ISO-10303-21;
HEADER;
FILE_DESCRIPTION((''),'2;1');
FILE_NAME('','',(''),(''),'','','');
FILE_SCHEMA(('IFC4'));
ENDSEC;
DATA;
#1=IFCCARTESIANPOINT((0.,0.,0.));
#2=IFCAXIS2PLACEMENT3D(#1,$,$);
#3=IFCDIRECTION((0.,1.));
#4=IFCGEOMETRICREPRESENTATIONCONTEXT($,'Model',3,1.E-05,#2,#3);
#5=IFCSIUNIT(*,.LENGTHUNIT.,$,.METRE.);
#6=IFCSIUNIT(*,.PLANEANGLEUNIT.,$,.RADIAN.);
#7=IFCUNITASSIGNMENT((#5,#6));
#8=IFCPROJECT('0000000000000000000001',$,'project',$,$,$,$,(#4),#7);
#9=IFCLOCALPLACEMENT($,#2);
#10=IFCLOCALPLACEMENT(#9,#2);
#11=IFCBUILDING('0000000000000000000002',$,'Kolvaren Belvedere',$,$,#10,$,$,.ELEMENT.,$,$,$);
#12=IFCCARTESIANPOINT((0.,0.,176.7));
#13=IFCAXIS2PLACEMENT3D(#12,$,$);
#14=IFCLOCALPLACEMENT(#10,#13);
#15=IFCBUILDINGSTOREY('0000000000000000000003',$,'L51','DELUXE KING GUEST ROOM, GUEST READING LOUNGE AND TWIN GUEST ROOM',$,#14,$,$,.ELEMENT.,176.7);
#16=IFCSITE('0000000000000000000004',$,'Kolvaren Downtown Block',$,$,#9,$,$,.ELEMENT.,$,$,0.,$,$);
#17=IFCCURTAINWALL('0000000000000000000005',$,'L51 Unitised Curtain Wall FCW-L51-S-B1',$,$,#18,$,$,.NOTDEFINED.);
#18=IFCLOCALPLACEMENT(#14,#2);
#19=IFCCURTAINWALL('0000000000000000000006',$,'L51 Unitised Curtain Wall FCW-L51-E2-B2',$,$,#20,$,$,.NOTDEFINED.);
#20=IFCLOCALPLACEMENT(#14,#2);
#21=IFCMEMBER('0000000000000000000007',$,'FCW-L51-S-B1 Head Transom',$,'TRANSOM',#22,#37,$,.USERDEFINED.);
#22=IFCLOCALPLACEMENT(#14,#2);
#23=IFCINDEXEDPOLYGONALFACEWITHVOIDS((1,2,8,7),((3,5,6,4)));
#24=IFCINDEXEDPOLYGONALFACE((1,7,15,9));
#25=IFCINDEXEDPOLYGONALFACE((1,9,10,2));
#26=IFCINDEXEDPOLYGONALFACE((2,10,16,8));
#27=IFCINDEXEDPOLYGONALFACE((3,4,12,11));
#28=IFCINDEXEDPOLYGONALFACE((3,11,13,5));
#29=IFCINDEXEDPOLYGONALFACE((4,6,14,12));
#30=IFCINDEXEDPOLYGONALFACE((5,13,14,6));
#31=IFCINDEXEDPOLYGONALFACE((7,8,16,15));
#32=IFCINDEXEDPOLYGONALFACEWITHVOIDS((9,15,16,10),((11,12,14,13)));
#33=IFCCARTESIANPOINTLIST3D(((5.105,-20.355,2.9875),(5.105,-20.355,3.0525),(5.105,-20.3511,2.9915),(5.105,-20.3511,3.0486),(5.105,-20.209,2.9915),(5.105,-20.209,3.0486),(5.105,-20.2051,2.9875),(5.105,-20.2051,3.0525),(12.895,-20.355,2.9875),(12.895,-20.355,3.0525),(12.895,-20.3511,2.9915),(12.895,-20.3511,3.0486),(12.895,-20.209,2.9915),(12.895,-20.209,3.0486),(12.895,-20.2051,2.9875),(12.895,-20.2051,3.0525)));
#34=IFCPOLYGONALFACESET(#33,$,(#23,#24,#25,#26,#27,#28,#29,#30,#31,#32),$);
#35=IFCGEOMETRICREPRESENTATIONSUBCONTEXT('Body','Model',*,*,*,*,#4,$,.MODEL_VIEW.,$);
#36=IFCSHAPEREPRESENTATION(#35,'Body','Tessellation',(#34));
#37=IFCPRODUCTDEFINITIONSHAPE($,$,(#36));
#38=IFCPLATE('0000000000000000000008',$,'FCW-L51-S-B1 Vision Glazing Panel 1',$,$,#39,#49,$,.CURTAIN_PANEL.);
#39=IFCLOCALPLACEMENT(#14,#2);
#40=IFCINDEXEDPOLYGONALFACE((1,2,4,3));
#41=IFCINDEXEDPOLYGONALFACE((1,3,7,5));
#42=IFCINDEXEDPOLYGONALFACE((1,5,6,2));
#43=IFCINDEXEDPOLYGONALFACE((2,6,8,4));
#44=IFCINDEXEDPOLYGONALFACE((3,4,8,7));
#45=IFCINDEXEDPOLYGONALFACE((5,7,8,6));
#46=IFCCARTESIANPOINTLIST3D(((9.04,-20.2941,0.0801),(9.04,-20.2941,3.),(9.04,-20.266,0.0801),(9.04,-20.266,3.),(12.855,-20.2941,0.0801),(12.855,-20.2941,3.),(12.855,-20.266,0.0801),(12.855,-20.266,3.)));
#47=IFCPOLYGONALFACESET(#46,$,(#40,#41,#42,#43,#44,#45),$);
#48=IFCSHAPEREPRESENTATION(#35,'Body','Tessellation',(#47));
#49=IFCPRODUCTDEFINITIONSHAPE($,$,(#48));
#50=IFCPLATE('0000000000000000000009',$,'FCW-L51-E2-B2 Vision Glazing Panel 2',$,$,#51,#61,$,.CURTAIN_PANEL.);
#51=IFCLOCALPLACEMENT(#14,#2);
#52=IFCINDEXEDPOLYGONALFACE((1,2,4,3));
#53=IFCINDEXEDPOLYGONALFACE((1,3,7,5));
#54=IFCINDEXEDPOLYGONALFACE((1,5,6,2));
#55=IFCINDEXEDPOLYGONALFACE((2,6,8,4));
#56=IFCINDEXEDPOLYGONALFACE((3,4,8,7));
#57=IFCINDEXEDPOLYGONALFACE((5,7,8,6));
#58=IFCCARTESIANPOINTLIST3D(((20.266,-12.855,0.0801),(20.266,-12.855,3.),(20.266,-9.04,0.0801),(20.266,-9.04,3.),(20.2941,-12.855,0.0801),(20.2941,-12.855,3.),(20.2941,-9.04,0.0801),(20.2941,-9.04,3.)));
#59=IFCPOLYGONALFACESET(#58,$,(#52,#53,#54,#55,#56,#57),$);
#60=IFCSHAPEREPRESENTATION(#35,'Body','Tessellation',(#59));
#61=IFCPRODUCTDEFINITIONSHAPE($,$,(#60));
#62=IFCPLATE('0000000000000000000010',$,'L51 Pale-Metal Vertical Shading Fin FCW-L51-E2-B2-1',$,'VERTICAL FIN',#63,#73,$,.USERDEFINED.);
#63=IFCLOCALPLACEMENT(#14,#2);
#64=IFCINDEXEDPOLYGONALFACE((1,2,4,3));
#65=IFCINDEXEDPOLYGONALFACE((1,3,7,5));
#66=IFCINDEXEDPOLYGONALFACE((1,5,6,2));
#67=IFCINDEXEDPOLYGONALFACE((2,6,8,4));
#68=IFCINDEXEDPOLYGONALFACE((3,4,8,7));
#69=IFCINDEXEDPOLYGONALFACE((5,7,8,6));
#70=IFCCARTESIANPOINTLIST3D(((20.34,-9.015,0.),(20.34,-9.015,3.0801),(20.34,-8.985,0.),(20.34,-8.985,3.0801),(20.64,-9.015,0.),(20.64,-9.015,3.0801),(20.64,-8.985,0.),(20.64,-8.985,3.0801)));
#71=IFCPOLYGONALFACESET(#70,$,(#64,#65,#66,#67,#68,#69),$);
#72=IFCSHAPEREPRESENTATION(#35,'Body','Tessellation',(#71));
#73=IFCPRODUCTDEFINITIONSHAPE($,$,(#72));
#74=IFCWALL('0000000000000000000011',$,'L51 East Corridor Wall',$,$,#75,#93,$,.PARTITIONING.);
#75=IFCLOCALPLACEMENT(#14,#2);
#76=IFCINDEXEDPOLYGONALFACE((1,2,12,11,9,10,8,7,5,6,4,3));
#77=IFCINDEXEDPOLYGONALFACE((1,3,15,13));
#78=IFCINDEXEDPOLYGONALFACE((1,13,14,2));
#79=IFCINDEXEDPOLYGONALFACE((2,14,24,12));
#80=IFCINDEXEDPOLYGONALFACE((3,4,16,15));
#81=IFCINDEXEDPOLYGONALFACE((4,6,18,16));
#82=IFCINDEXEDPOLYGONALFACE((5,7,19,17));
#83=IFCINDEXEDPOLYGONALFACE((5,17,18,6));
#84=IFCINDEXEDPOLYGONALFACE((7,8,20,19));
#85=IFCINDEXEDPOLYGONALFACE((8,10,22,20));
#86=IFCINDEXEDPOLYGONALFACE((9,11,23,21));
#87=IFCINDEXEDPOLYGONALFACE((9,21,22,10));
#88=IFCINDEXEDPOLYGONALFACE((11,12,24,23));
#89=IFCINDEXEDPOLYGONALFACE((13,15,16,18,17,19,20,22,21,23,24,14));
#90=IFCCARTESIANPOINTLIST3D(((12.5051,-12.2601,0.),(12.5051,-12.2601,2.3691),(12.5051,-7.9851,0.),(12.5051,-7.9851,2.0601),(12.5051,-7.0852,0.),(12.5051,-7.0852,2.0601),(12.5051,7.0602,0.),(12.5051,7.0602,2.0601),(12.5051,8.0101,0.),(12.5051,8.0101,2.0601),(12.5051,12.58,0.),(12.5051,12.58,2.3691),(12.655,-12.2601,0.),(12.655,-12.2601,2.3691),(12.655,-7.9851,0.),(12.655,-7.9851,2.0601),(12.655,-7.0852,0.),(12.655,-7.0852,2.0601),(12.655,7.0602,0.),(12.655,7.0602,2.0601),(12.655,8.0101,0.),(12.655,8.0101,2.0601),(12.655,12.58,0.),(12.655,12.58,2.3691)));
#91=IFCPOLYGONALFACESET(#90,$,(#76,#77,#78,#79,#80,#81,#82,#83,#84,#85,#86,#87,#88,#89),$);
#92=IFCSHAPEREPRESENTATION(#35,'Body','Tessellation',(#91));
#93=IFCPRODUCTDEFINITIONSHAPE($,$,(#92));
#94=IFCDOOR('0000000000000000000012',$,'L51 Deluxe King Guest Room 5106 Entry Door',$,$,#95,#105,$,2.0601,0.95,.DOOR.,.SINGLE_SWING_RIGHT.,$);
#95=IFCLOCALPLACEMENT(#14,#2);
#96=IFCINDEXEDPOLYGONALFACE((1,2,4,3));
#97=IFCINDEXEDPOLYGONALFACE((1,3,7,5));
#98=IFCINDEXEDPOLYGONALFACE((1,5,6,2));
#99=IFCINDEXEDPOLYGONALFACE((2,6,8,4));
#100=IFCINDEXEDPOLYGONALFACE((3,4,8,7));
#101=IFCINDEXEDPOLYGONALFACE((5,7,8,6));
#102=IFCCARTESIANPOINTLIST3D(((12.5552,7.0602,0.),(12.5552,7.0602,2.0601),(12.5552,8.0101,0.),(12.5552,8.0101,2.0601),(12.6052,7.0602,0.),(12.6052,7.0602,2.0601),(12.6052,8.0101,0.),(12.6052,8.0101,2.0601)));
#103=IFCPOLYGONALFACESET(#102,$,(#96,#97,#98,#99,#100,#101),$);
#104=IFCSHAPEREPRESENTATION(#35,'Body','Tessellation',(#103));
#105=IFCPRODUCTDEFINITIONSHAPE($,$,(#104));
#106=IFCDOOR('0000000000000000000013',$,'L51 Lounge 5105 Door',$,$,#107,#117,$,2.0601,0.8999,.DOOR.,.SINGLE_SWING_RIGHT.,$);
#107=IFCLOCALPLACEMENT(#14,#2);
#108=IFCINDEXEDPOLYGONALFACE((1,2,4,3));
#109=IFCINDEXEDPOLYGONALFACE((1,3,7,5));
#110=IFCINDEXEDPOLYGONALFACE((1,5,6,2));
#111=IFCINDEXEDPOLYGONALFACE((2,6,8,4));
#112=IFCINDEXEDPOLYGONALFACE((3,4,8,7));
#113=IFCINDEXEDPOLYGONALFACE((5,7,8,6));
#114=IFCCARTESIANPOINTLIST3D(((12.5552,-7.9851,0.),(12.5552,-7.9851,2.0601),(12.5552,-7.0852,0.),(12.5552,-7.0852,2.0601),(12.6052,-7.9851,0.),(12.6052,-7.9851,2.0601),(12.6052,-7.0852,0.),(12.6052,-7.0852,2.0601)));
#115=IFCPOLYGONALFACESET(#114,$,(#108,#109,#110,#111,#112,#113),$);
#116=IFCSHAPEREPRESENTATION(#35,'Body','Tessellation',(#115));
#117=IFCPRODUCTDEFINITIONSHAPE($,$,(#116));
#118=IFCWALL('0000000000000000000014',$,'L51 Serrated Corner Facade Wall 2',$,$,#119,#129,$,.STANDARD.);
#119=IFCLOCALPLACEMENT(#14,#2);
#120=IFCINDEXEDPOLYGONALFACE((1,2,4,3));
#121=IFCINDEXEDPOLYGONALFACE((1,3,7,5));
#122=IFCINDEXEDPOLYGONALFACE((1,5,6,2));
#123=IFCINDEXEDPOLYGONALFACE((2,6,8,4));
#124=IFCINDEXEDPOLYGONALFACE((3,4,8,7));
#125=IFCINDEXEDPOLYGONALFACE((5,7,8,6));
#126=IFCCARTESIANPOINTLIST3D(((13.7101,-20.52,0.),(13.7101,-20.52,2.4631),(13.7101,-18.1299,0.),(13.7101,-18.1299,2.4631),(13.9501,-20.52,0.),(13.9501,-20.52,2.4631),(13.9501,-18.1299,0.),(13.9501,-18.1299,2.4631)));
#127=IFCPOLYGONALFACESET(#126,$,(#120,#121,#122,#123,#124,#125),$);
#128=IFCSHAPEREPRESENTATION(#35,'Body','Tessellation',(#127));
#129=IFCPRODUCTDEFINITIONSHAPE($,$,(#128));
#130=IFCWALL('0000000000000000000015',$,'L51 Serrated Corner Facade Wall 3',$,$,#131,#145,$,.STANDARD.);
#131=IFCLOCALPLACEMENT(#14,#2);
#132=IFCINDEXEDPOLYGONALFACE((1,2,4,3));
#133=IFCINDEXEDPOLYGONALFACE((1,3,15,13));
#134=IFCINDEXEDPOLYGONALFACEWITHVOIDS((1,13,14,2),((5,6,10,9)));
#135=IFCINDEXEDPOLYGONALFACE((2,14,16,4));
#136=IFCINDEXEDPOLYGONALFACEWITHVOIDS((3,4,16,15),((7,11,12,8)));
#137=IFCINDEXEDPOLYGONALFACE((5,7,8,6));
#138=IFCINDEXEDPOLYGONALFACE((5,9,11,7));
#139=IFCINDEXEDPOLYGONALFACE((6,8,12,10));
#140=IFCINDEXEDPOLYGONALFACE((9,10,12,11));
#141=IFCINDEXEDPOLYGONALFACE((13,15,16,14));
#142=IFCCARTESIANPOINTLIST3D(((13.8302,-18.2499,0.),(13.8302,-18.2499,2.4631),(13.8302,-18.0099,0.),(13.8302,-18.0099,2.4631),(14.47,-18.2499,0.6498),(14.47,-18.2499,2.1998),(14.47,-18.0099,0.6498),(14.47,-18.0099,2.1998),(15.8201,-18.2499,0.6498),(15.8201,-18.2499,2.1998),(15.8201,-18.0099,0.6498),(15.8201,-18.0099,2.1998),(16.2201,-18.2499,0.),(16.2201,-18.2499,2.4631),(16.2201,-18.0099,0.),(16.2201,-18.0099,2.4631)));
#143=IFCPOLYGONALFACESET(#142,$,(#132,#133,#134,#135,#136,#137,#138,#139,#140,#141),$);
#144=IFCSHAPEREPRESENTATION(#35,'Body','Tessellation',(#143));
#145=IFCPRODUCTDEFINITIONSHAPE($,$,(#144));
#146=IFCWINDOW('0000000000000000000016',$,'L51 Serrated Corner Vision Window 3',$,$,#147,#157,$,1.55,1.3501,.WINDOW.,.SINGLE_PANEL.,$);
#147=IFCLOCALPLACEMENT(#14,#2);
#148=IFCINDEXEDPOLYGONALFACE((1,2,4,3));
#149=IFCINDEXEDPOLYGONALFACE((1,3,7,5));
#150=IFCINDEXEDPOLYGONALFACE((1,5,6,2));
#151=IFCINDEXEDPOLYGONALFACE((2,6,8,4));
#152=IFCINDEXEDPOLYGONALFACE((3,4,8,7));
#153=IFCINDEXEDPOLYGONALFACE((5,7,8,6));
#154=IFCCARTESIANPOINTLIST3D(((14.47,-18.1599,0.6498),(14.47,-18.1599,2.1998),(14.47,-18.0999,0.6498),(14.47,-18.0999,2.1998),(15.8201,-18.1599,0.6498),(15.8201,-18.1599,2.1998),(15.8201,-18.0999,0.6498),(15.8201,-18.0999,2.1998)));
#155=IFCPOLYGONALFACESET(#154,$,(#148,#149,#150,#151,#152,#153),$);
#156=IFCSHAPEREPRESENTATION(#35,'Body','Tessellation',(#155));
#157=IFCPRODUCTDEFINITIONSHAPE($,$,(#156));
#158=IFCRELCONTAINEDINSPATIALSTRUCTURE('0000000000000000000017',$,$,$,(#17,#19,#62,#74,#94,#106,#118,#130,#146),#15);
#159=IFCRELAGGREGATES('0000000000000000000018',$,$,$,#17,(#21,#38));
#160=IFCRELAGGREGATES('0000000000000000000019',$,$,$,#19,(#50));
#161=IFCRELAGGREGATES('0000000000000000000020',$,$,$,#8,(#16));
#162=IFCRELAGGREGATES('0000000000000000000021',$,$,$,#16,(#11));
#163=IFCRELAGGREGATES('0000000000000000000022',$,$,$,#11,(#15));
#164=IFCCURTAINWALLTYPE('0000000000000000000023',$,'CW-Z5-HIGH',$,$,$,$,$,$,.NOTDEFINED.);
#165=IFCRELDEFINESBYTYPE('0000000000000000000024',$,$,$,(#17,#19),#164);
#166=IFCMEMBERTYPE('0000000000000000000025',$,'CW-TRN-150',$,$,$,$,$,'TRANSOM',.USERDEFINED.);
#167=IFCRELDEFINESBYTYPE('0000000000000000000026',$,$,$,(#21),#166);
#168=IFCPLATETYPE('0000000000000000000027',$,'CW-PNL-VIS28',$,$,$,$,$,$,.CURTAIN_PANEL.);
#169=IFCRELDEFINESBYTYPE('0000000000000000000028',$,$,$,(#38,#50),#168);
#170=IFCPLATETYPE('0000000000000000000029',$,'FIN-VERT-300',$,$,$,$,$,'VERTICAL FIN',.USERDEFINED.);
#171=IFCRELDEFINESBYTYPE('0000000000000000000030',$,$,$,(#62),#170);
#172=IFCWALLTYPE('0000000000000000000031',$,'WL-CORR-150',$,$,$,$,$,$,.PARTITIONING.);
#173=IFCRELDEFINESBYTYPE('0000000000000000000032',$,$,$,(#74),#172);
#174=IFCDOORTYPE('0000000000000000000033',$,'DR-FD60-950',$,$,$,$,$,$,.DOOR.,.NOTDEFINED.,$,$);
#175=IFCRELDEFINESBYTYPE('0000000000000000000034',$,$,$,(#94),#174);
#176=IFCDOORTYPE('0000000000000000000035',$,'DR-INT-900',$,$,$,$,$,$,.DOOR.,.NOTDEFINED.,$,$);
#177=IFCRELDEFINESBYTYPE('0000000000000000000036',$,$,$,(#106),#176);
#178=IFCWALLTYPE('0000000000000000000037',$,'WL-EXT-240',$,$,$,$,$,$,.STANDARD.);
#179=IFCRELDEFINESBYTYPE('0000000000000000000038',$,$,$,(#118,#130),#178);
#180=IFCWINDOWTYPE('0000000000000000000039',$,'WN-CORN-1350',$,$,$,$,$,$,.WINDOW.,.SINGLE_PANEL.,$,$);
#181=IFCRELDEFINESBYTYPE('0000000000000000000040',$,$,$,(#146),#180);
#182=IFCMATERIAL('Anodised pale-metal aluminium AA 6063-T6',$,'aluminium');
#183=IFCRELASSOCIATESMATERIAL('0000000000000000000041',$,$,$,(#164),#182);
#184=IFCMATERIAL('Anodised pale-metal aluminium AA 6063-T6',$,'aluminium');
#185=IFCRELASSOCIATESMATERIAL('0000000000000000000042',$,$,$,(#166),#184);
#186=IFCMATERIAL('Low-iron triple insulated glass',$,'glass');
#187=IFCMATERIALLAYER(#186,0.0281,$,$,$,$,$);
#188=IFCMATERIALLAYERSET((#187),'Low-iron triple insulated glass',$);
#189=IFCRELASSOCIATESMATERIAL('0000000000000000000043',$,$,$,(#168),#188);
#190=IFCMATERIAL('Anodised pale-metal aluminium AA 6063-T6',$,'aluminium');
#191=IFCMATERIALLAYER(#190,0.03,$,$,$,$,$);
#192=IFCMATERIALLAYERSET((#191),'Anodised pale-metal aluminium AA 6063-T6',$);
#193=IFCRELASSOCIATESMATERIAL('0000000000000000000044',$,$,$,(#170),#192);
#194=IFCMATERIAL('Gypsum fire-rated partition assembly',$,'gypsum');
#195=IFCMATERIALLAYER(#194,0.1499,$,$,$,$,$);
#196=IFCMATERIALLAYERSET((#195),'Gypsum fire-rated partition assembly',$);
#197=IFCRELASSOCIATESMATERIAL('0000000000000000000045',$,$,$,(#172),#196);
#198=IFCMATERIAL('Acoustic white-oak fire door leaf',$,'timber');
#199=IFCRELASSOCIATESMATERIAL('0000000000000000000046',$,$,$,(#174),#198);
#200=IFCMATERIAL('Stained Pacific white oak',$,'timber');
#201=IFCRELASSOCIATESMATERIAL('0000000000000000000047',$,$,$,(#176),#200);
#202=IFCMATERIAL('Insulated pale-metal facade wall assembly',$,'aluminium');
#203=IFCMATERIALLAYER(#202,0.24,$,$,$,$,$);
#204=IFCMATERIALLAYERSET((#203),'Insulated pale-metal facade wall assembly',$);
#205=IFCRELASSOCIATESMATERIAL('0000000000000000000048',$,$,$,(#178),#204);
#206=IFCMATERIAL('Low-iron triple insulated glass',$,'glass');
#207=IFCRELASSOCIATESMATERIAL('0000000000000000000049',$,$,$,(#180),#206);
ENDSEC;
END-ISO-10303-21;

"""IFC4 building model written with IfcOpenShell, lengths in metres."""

from ifc_helpers import new_model, si_unit, direction, frame, frame_2d, origin, origin_2d, place, context, subcontext, project, spatial, rectangle, hollow_rectangle, extrude, material, layer, layer_set, material_profile, profile_set, type_object, element, fill, aggregate, save


model = new_model("IFC4")

# Units and contexts
model_context = context("Model", 3, precision=1e-05, world=origin(), true_north=direction((0.0, 1.0)))
body_context = subcontext(model_context, "Body", "Model", "MODEL_VIEW")
ifc_project = project(units=[si_unit("LENGTHUNIT", "METRE"), si_unit("PLANEANGLEUNIT", "RADIAN")], contexts=[model_context])

# Site, building, storey
site_placement = place(None, origin())
site = spatial("IfcSite", under=ifc_project, at=site_placement, Name="Kolvaren Downtown Block", CompositionType="ELEMENT", RefElevation=0.0)
building_placement = place(site_placement, origin())
building = spatial("IfcBuilding", under=site, at=building_placement, Name="Kolvaren Belvedere", CompositionType="ELEMENT")
storey_placement = place(building_placement, frame((0.0, 0.0, 176.7)))
storey = spatial("IfcBuildingStorey", under=building, at=storey_placement, Name="L51", Description="DELUXE KING GUEST ROOM, GUEST READING LOUNGE AND TWIN GUEST ROOM", CompositionType="ELEMENT", Elevation=176.7)

# Curtain wall
ifc_material_1 = material(Name="Anodised pale-metal aluminium AA 6063-T6", Category="aluminium")
curtain_wall_type = type_object("IfcCurtainWallType", Name="CW-Z5-HIGH", PredefinedType="NOTDEFINED", material=ifc_material_1)
curtain_wall_1_placement = place(storey_placement, origin())
curtain_wall_1 = element("IfcCurtainWall", 1, at=curtain_wall_1_placement, inside=storey, type_object=curtain_wall_type, Name="L51 Unitised Curtain Wall FCW-L51-S-B1", PredefinedType="NOTDEFINED")

# Curtain wall
curtain_wall_2_placement = place(storey_placement, origin())
curtain_wall_2 = element("IfcCurtainWall", 2, at=curtain_wall_2_placement, inside=storey, type_object=curtain_wall_type, Name="L51 Unitised Curtain Wall FCW-L51-E2-B2", PredefinedType="NOTDEFINED")

# Member
ifc_material_2 = material(Name="Anodised pale-metal aluminium AA 6063-T6", Category="aluminium")
ifc_material_profile_1 = material_profile(ifc_material_2, hollow_rectangle(XDim=0.0649, YDim=0.1499, WallThickness=0.0039, at=origin_2d()), Name="ALU-TRN-150X65")
ifc_profile_set_1 = profile_set([ifc_material_profile_1], Name="Anodised pale-metal aluminium AA 6063-T6")
member_type_1 = type_object("IfcMemberType", Name="CW-TRN-150", ElementType="TRANSOM", PredefinedType="USERDEFINED", material=ifc_profile_set_1)
member_1_placement = place(storey_placement, frame((12.895, -20.28, 3.02), z_axis=(-1.0, 0.0, 0.0), x_axis=(0.0, 0.0, 1.0)))
member_1 = element("IfcMember", 3, at=member_1_placement, type_object=member_type_1, Name="FCW-L51-S-B1 Head Transom", ObjectType="TRANSOM", PredefinedType="USERDEFINED", context=body_context, shape_type="SweptSolid", body=[
    extrude(hollow_rectangle(XDim=0.0649, YDim=0.1499, WallThickness=0.0039, at=origin_2d()), origin(), (0.0, 0.0, 1.0), 7.79),
])

# Plates
ifc_material_3 = material(Name="Low-iron triple insulated glass", Category="glass")
ifc_layer_1 = layer(ifc_material_3, 0.0281)
ifc_layer_set_1 = layer_set([ifc_layer_1], Name="Low-iron triple insulated glass")
plate_type_1 = type_object("IfcPlateType", Name="CW-PNL-VIS28", PredefinedType="CURTAIN_PANEL", material=ifc_layer_set_1)
plate_1_placement = place(storey_placement, frame((10.9475, -20.28, 0.0801), z_axis=(0.0, 0.0, 1.0), x_axis=(-1.0, 0.0, 0.0)))
plate_1 = element("IfcPlate", 4, at=plate_1_placement, type_object=plate_type_1, Name="FCW-L51-S-B1 Vision Glazing Panel 1", PredefinedType="CURTAIN_PANEL", context=body_context, shape_type="SweptSolid", body=[
    extrude(rectangle(XDim=3.8149, YDim=0.0281, at=origin_2d()), origin(), (0.0, 0.0, 1.0), 2.9199),
])
aggregate(curtain_wall_1, [member_1, plate_1])
plate_2_placement = place(storey_placement, frame((20.28, -10.9475, 0.0801), z_axis=(0.0, 0.0, 1.0), x_axis=(0.0, -1.0, 0.0)))
plate_2 = element("IfcPlate", 5, at=plate_2_placement, type_object=plate_type_1, Name="FCW-L51-E2-B2 Vision Glazing Panel 2", PredefinedType="CURTAIN_PANEL", context=body_context, shape_type="SweptSolid", body=[
    extrude(rectangle(XDim=3.8149, YDim=0.0281, at=origin_2d()), origin(), (0.0, 0.0, 1.0), 2.9199),
])
aggregate(curtain_wall_2, [plate_2])
ifc_material_4 = material(Name="Anodised pale-metal aluminium AA 6063-T6", Category="aluminium")
ifc_layer_2 = layer(ifc_material_4, 0.03)
ifc_layer_set_2 = layer_set([ifc_layer_2], Name="Anodised pale-metal aluminium AA 6063-T6")
plate_type_2 = type_object("IfcPlateType", Name="FIN-VERT-300", ElementType="VERTICAL FIN", PredefinedType="USERDEFINED", material=ifc_layer_set_2)
plate_3_placement = place(storey_placement, frame((20.49, -9.0, 0.0), z_axis=(0.0, 0.0, 1.0), x_axis=(1.0, 0.0, 0.0)))
element("IfcPlate", 6, at=plate_3_placement, inside=storey, type_object=plate_type_2, Name="L51 Pale-Metal Vertical Shading Fin FCW-L51-E2-B2-1", ObjectType="VERTICAL FIN", PredefinedType="USERDEFINED", context=body_context, shape_type="SweptSolid", body=[
    extrude(rectangle(XDim=0.3, YDim=0.03, at=origin_2d()), origin(), (0.0, 0.0, 1.0), 3.0801),
])

# Wall, openings, doors
ifc_material_5 = material(Name="Gypsum fire-rated partition assembly", Category="gypsum")
ifc_layer_3 = layer(ifc_material_5, 0.1499)
ifc_layer_set_3 = layer_set([ifc_layer_3], Name="Gypsum fire-rated partition assembly")
wall_type_1 = type_object("IfcWallType", Name="WL-CORR-150", PredefinedType="PARTITIONING", material=ifc_layer_set_3)
wall_1_placement = place(storey_placement, frame((12.5801, -12.26, 0.0), z_axis=(0.0, 0.0, 1.0), x_axis=(0.0, 1.0, 0.0)))
wall_1 = element("IfcWall", 7, at=wall_1_placement, inside=storey, type_object=wall_type_1, Name="L51 East Corridor Wall", PredefinedType="PARTITIONING", context=body_context, shape_type="SweptSolid", body=[
    extrude(rectangle(XDim=24.8401, YDim=0.1499, at=frame_2d((12.4199, 0.0))), origin(), (0.0, 0.0, 1.0), 2.3691),
])
opening_1_placement = place(wall_1_placement, frame((4.2749, 0.0, 0.0)))
opening_1 = element("IfcOpeningElement", 8, at=opening_1_placement, cuts=wall_1, PredefinedType="OPENING", context=body_context, shape_type="SweptSolid", body=[
    extrude(rectangle(XDim=0.8999, YDim=2.0601, at=frame_2d((0.45, 1.03))), frame((0.0, 0.085, 0.0), z_axis=(0.0, -1.0, 0.0), x_axis=(1.0, 0.0, 0.0)), (0.0, 0.0, 1.0), 0.1699),
])
opening_2_placement = place(wall_1_placement, frame((19.3201, 0.0, 0.0)))
opening_2 = element("IfcOpeningElement", 9, at=opening_2_placement, cuts=wall_1, PredefinedType="OPENING", context=body_context, shape_type="SweptSolid", body=[
    extrude(rectangle(XDim=0.95, YDim=2.0601, at=frame_2d((0.4751, 1.03))), frame((0.0, 0.085, 0.0), z_axis=(0.0, -1.0, 0.0), x_axis=(1.0, 0.0, 0.0)), (0.0, 0.0, 1.0), 0.1699),
])
ifc_material_6 = material(Name="Acoustic white-oak fire door leaf", Category="timber")
door_type_1 = type_object("IfcDoorType", Name="DR-FD60-950", OperationType="NOTDEFINED", PredefinedType="DOOR", material=ifc_material_6)
door_1_placement = place(opening_2_placement, origin())
door_1 = element("IfcDoor", 10, at=door_1_placement, inside=storey, type_object=door_type_1, Name="L51 Deluxe King Guest Room 5106 Entry Door", OperationType="SINGLE_SWING_RIGHT", OverallHeight=2.0601, OverallWidth=0.95, PredefinedType="DOOR", context=body_context, shape_type="SweptSolid", body=[
    extrude(rectangle(XDim=0.95, YDim=2.0601, at=frame_2d((0.4751, 1.03))), frame((0.0, 0.0249, 0.0), z_axis=(0.0, -1.0, 0.0), x_axis=(1.0, 0.0, 0.0)), (0.0, 0.0, 1.0), 0.05),
])
fill(opening_2, door_1)
ifc_material_7 = material(Name="Stained Pacific white oak", Category="timber")
door_type_2 = type_object("IfcDoorType", Name="DR-INT-900", OperationType="NOTDEFINED", PredefinedType="DOOR", material=ifc_material_7)
door_2_placement = place(opening_1_placement, origin())
door_2 = element("IfcDoor", 11, at=door_2_placement, inside=storey, type_object=door_type_2, Name="L51 Lounge 5105 Door", OperationType="SINGLE_SWING_RIGHT", OverallHeight=2.0601, OverallWidth=0.8999, PredefinedType="DOOR", context=body_context, shape_type="SweptSolid", body=[
    extrude(rectangle(XDim=0.8999, YDim=2.0601, at=frame_2d((0.45, 1.03))), frame((0.0, 0.0249, 0.0), z_axis=(0.0, -1.0, 0.0), x_axis=(1.0, 0.0, 0.0)), (0.0, 0.0, 1.0), 0.05),
])
fill(opening_1, door_2)

# Wall
ifc_material_8 = material(Name="Insulated pale-metal facade wall assembly", Category="aluminium")
ifc_layer_4 = layer(ifc_material_8, 0.24)
ifc_layer_set_4 = layer_set([ifc_layer_4], Name="Insulated pale-metal facade wall assembly")
wall_type_2 = type_object("IfcWallType", Name="WL-EXT-240", PredefinedType="STANDARD", material=ifc_layer_set_4)
wall_2_placement = place(storey_placement, frame((13.8301, -18.1299, 0.0), z_axis=(0.0, 0.0, 1.0), x_axis=(0.0, -1.0, 0.0)))
element("IfcWall", 12, at=wall_2_placement, inside=storey, type_object=wall_type_2, Name="L51 Serrated Corner Facade Wall 2", PredefinedType="STANDARD", context=body_context, shape_type="SweptSolid", body=[
    extrude(rectangle(XDim=2.3901, YDim=0.24, at=frame_2d((1.1951, 0.0))), origin(), (0.0, 0.0, 1.0), 2.4631),
])

# Wall, opening, window
wall_3_placement = place(storey_placement, frame((16.22, -18.1299, 0.0), z_axis=(0.0, 0.0, 1.0), x_axis=(-1.0, 0.0, 0.0)))
wall_3 = element("IfcWall", 13, at=wall_3_placement, inside=storey, type_object=wall_type_2, Name="L51 Serrated Corner Facade Wall 3", PredefinedType="STANDARD", context=body_context, shape_type="SweptSolid", body=[
    extrude(rectangle(XDim=2.3899, YDim=0.24, at=frame_2d((1.1948, 0.0))), origin(), (0.0, 0.0, 1.0), 2.4631),
])
opening_3_placement = place(wall_3_placement, frame((0.3999, 0.0, 0.6499)))
opening_3 = element("IfcOpeningElement", 14, at=opening_3_placement, cuts=wall_3, PredefinedType="OPENING", context=body_context, shape_type="SweptSolid", body=[
    extrude(rectangle(XDim=1.3501, YDim=1.55, at=frame_2d((0.675, 0.7749))), frame((0.0, 0.1299, 0.0), z_axis=(0.0, -1.0, 0.0), x_axis=(1.0, 0.0, 0.0)), (0.0, 0.0, 1.0), 0.26),
])
ifc_material_9 = material(Name="Low-iron triple insulated glass", Category="glass")
window_type_1 = type_object("IfcWindowType", Name="WN-CORN-1350", PartitioningType="SINGLE_PANEL", PredefinedType="WINDOW", material=ifc_material_9)
window_1_placement = place(opening_3_placement, origin())
window_1 = element("IfcWindow", 15, at=window_1_placement, inside=storey, type_object=window_type_1, Name="L51 Serrated Corner Vision Window 3", OverallHeight=1.55, OverallWidth=1.3501, PartitioningType="SINGLE_PANEL", PredefinedType="WINDOW", context=body_context, shape_type="SweptSolid", body=[
    extrude(rectangle(XDim=1.3501, YDim=1.55, at=frame_2d((0.675, 0.7749))), frame((0.0, 0.03, 0.0), z_axis=(0.0, -1.0, 0.0), x_axis=(1.0, 0.0, 0.0)), (0.0, 0.0, 1.0), 0.0601),
])
fill(opening_3, window_1)

save(model, "model.ifc")
